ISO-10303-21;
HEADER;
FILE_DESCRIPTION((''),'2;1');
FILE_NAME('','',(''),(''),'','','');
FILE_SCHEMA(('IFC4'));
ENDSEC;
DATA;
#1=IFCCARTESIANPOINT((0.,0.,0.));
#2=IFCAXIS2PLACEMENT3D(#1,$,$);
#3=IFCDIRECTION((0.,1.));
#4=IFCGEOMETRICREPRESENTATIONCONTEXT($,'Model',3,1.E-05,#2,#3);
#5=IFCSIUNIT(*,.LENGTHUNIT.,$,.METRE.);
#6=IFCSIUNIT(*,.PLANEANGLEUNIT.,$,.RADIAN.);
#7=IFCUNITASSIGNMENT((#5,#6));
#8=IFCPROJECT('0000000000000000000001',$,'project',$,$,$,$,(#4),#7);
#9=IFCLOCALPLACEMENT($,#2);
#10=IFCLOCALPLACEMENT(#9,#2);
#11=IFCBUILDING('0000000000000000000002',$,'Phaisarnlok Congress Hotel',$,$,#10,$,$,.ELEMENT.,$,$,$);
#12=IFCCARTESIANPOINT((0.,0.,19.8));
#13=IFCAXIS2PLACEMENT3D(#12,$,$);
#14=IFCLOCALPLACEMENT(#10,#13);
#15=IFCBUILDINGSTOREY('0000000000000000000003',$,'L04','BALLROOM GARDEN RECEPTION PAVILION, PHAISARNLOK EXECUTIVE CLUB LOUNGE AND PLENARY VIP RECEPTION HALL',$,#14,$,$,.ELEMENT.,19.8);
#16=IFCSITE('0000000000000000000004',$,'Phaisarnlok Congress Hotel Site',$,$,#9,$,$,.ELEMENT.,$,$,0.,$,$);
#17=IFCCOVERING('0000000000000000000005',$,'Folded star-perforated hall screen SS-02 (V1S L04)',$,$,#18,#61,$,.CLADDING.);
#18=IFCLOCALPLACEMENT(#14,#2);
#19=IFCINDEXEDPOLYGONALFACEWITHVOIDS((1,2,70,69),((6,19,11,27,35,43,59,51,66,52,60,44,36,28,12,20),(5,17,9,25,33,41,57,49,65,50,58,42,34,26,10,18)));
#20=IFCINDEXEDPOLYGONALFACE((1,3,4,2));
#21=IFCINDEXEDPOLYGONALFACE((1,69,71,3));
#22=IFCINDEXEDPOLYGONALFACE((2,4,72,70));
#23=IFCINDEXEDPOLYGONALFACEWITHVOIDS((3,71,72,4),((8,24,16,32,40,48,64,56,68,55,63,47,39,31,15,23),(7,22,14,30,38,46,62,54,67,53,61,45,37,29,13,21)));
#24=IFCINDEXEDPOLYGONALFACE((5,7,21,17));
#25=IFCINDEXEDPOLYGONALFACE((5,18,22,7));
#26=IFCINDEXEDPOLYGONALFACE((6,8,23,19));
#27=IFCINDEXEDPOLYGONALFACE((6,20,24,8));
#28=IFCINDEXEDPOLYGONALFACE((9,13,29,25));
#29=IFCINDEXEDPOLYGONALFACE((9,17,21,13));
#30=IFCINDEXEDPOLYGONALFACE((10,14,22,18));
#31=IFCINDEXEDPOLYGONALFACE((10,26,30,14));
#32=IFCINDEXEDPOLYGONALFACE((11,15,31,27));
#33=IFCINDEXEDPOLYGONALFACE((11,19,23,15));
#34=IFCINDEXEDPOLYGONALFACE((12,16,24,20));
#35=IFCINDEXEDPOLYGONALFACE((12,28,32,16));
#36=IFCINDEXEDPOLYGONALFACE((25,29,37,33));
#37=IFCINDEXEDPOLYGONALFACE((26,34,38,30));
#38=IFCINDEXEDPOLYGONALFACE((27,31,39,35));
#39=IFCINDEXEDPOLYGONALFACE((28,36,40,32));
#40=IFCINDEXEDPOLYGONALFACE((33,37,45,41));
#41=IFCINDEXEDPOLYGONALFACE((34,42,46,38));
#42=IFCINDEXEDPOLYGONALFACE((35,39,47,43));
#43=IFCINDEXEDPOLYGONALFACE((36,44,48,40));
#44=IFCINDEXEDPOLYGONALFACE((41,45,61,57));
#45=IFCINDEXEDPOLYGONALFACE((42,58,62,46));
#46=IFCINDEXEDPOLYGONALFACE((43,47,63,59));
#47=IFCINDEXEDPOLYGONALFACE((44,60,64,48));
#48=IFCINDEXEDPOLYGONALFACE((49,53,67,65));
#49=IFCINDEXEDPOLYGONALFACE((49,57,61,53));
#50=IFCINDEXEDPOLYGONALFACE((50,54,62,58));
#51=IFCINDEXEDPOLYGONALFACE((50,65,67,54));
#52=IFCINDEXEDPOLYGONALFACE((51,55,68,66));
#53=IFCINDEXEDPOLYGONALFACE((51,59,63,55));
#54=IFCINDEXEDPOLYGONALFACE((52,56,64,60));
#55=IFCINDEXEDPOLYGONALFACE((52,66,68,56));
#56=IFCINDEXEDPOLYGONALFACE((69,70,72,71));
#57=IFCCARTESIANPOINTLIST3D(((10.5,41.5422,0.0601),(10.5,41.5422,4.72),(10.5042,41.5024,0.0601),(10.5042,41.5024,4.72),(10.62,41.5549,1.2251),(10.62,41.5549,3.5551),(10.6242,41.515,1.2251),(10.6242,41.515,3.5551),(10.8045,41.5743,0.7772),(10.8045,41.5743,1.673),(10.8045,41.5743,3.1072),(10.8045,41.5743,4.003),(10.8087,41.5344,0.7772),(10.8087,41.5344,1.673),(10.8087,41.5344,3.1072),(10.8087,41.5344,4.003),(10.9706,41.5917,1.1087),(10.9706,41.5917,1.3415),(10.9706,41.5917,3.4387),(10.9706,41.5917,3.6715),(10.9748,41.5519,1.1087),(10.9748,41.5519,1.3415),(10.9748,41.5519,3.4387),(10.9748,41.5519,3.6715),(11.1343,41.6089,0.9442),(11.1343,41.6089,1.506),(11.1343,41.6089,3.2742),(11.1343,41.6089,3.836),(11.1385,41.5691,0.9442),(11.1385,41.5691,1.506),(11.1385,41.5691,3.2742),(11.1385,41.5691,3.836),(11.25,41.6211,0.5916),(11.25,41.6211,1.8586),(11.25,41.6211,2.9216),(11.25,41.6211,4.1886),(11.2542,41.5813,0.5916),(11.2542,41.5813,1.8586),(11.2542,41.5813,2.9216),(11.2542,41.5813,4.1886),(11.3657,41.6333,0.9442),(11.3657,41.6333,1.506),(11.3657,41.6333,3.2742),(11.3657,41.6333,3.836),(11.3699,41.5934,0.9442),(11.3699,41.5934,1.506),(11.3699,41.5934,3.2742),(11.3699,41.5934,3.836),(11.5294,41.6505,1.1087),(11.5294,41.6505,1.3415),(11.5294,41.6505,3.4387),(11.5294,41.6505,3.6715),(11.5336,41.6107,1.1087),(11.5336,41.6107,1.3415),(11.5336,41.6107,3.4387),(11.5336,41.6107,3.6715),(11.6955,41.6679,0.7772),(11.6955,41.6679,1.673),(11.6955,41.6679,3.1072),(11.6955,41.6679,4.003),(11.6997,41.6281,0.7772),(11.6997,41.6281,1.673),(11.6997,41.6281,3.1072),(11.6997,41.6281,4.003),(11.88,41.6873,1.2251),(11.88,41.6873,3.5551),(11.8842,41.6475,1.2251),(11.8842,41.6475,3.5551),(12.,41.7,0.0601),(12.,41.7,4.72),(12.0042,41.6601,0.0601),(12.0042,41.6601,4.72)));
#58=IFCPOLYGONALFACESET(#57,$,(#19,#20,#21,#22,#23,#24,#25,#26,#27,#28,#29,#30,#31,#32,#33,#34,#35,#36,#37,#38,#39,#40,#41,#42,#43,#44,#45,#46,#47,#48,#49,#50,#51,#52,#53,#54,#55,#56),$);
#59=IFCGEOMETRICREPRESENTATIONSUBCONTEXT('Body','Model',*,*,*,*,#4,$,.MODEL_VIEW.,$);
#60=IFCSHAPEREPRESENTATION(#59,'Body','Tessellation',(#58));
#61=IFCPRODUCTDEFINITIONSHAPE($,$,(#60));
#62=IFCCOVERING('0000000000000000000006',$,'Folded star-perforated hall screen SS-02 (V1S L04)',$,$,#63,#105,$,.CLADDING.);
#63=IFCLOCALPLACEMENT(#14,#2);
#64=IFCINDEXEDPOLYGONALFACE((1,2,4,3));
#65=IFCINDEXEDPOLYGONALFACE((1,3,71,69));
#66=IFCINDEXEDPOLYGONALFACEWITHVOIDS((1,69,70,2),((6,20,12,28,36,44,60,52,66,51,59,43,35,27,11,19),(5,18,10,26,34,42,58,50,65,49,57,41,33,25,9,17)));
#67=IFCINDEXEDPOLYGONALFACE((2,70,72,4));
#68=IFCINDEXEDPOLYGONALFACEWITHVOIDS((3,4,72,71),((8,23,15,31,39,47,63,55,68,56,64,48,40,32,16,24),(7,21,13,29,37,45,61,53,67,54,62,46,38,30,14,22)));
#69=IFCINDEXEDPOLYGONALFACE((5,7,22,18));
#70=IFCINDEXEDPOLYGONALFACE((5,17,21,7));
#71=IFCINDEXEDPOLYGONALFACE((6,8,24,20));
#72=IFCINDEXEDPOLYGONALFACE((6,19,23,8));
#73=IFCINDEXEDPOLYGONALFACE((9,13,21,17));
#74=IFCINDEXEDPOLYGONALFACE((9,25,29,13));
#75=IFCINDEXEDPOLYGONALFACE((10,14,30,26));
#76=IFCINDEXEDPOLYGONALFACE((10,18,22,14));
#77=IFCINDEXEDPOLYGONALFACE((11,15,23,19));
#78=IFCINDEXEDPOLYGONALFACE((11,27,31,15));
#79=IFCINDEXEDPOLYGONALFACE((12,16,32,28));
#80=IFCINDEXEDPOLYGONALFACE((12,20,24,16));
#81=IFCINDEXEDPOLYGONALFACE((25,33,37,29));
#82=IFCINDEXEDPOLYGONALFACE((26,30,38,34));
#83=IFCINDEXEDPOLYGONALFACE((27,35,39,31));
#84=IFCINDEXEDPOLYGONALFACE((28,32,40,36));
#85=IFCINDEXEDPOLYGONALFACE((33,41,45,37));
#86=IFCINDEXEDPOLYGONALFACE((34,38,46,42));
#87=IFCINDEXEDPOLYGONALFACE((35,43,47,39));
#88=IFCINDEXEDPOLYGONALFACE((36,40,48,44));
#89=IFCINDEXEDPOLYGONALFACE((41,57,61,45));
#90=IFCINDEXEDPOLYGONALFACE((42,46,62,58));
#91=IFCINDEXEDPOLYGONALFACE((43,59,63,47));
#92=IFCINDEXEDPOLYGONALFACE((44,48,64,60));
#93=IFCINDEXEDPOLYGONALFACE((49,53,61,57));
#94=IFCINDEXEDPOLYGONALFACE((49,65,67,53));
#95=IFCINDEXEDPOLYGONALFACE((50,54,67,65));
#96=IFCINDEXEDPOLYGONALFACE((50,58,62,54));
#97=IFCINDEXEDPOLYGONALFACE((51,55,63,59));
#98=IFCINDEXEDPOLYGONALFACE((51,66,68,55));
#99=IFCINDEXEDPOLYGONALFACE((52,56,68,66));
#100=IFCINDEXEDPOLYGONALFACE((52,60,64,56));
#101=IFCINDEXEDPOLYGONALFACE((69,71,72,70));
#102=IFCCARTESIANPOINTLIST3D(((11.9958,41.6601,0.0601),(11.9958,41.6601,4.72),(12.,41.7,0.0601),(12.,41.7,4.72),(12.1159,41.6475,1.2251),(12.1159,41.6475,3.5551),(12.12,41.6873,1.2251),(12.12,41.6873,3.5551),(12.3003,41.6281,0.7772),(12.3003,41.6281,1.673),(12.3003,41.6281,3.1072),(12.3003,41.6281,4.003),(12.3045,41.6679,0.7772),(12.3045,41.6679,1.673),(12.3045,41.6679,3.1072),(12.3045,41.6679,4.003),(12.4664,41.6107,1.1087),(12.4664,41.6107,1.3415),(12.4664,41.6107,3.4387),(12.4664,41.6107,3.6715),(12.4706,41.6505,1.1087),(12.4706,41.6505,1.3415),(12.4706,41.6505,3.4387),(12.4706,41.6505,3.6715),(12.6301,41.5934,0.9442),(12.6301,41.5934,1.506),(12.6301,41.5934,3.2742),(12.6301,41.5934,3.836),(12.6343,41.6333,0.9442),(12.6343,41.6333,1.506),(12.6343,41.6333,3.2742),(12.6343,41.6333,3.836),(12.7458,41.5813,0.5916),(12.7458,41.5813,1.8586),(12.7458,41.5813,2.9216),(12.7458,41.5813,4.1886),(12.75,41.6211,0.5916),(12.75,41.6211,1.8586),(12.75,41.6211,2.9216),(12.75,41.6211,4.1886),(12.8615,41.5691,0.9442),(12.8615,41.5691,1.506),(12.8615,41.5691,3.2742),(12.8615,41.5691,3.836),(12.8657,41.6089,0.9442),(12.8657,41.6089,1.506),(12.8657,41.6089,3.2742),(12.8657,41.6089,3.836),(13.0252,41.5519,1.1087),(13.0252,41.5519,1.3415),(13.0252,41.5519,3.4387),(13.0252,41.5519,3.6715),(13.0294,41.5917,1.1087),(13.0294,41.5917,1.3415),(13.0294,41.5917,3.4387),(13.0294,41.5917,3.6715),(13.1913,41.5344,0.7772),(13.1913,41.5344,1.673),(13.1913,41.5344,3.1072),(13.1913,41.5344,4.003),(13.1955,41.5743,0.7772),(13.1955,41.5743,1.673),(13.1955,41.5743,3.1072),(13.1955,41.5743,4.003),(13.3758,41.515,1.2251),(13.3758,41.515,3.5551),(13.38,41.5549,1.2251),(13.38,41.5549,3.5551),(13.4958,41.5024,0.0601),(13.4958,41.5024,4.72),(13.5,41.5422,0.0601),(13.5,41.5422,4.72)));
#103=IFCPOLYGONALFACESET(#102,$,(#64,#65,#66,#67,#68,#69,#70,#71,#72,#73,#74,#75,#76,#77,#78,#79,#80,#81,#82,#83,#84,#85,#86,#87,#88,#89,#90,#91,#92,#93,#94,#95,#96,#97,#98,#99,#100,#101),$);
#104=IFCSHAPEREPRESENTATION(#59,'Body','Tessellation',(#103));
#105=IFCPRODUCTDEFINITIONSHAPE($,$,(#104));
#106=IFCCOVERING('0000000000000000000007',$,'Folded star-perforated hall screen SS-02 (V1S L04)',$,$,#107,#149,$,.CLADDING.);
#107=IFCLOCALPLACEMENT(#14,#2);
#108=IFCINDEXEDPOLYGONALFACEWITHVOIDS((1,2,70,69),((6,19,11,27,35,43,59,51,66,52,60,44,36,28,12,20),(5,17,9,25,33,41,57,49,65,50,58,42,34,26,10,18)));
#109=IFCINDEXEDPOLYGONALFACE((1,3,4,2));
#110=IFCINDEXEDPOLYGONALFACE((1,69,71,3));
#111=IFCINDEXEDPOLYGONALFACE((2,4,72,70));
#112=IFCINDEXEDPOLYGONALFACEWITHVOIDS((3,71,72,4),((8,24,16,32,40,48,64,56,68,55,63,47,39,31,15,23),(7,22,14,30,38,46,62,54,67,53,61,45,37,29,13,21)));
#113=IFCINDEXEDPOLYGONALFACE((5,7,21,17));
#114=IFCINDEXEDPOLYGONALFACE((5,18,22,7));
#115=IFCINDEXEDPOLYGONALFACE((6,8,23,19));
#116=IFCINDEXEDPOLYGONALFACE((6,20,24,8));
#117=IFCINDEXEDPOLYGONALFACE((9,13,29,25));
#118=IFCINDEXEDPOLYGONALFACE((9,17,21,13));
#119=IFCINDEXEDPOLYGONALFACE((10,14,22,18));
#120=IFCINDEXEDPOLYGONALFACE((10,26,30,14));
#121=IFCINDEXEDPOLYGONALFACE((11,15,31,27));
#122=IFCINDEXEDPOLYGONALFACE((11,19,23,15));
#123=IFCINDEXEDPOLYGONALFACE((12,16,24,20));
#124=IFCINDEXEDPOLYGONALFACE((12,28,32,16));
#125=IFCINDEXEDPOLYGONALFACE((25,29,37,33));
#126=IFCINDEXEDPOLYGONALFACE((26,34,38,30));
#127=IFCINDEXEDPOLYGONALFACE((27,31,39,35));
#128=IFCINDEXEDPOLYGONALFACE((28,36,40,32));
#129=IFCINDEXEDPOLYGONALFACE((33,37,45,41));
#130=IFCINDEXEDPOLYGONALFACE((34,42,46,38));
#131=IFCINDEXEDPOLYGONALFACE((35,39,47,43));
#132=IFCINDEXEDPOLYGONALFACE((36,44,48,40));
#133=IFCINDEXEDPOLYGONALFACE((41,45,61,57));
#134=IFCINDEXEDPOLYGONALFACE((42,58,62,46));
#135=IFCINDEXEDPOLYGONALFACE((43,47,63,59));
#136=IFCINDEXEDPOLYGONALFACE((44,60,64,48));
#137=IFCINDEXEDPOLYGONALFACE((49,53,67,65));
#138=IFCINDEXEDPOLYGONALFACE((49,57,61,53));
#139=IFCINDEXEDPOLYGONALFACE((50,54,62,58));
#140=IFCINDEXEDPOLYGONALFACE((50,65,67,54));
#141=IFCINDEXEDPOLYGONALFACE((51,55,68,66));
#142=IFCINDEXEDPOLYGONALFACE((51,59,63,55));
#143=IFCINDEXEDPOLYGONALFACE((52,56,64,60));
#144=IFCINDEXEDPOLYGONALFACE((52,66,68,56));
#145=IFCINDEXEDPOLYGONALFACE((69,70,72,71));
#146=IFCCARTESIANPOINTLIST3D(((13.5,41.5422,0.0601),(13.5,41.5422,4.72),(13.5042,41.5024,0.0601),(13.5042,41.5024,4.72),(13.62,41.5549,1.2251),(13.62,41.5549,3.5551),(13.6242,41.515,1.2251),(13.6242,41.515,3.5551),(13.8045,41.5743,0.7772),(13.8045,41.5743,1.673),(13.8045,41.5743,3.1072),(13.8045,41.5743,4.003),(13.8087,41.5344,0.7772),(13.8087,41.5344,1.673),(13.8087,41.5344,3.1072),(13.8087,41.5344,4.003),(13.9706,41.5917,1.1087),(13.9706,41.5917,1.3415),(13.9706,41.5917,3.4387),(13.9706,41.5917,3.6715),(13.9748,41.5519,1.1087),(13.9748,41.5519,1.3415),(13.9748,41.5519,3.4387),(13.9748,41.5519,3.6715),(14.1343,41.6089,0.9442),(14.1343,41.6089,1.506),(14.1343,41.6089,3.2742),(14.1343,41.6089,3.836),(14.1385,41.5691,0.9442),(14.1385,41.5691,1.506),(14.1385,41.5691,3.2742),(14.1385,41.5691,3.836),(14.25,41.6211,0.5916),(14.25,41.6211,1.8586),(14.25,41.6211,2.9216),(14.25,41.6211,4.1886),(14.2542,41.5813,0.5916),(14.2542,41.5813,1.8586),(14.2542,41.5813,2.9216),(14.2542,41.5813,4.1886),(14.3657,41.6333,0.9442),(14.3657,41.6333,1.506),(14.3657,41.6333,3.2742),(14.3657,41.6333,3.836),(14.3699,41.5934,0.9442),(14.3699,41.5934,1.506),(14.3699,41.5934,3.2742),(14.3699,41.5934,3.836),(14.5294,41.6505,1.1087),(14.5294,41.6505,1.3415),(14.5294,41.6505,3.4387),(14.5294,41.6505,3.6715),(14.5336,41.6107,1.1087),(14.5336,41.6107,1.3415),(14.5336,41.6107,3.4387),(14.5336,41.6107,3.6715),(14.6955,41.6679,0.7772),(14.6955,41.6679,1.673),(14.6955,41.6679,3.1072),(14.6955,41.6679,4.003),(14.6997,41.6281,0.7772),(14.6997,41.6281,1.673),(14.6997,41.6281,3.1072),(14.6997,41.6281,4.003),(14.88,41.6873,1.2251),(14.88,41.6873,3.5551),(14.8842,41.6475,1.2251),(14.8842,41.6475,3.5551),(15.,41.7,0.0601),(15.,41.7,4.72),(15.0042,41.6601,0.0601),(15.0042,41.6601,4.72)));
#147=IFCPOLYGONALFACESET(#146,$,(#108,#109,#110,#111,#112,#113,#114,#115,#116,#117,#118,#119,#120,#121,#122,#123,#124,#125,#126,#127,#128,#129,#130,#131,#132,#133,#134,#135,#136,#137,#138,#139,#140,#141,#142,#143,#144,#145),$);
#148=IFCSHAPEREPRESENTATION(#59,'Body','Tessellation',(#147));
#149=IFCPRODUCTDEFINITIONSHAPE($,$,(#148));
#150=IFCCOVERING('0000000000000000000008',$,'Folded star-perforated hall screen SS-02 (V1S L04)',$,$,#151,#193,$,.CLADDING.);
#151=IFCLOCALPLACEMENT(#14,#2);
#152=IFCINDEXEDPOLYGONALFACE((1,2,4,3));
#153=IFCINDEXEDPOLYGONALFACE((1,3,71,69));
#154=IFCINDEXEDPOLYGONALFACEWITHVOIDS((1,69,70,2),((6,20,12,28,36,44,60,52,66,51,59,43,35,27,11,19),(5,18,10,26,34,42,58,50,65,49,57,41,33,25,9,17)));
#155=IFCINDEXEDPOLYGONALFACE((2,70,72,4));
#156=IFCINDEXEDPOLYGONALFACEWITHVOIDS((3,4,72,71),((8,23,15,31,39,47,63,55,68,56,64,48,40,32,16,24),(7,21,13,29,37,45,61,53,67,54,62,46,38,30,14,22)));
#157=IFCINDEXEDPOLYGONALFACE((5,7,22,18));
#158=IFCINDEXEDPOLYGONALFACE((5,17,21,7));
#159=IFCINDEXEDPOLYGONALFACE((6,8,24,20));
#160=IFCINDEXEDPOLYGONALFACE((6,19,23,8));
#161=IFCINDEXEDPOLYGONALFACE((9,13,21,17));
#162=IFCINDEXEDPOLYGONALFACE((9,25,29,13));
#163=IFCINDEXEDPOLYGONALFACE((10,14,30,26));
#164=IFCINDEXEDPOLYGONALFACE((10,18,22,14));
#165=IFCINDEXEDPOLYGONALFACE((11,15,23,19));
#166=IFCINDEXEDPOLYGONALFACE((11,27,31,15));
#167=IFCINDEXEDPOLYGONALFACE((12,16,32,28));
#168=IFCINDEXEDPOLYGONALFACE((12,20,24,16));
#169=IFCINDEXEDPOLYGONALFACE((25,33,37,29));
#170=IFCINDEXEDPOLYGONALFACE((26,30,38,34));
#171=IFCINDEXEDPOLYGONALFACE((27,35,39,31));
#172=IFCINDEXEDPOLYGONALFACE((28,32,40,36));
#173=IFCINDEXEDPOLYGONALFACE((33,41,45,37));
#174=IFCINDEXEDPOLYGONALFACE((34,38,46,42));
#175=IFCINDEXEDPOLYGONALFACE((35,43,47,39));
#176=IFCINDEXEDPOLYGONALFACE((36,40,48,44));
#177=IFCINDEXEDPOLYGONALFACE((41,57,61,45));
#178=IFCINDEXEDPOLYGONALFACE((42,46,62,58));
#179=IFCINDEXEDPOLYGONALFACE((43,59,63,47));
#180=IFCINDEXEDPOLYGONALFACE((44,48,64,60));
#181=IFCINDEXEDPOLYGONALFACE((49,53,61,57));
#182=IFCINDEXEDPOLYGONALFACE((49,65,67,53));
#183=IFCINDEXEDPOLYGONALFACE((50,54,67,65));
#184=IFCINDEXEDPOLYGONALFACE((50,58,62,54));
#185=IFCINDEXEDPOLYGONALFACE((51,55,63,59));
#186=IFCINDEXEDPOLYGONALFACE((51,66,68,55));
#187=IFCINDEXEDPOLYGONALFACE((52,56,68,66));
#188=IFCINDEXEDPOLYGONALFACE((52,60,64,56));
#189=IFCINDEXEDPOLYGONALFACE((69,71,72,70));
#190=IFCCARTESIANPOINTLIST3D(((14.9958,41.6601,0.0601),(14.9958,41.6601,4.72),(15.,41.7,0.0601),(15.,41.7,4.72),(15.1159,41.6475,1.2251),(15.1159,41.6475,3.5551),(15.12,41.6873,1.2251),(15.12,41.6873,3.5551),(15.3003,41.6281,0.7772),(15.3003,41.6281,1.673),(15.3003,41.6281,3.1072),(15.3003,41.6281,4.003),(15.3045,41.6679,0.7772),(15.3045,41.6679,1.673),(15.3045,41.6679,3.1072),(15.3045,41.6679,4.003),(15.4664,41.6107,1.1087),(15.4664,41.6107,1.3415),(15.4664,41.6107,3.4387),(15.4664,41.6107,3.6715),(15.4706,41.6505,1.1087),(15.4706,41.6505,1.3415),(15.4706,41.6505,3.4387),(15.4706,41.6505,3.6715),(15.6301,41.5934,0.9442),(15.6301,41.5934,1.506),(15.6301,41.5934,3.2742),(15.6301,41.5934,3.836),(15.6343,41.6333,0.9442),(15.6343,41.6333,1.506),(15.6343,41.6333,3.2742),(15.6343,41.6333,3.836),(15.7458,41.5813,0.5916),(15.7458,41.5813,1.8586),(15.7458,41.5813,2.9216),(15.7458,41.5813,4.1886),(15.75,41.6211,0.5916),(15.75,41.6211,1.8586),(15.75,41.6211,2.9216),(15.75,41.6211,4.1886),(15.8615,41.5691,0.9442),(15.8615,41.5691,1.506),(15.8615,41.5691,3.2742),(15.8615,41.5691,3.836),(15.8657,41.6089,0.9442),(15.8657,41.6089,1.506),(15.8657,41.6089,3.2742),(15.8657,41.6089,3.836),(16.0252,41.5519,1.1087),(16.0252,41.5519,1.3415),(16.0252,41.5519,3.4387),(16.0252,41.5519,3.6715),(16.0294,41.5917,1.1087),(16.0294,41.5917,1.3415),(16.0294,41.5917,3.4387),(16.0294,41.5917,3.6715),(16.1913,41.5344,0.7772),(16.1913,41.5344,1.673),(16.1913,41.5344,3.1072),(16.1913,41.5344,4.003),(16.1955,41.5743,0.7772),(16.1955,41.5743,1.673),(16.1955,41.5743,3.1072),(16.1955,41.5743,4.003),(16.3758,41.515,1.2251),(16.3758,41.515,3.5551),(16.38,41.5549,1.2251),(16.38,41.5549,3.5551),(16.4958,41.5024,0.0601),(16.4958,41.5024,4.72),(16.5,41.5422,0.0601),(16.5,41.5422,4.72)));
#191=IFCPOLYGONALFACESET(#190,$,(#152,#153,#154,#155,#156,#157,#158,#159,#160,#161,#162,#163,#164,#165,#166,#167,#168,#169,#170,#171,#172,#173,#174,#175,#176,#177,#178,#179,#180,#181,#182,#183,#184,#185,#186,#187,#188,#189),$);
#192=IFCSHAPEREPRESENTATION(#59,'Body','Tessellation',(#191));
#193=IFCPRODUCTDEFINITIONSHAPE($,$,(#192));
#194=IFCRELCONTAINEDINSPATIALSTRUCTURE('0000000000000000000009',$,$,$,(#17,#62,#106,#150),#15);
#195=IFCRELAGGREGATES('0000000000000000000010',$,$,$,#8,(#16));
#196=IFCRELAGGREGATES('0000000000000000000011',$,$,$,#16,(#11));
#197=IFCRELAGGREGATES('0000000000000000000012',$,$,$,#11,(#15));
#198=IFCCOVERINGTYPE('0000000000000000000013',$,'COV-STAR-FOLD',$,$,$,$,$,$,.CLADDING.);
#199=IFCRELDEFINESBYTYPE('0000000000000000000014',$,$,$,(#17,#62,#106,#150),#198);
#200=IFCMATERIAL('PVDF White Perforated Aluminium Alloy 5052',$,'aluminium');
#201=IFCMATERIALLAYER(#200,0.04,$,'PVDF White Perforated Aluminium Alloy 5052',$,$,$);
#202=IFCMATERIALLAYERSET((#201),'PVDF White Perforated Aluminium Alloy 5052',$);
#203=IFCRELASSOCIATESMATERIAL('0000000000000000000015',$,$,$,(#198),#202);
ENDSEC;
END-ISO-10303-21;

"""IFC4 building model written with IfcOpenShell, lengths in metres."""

from ifc_helpers import new_model, si_unit, direction, frame, origin, place, context, subcontext, project, spatial, polyline, outline, extrude, material, layer, layer_set, type_object, element, save


model = new_model("IFC4")

# Units and contexts
model_context = context("Model", 3, precision=1e-05, world=origin(), true_north=direction((0.0, 1.0)))
body_context = subcontext(model_context, "Body", "Model", "MODEL_VIEW")
ifc_project = project(units=[si_unit("LENGTHUNIT", "METRE"), si_unit("PLANEANGLEUNIT", "RADIAN")], contexts=[model_context])

# Site, building, storey
site_placement = place(None, origin())
site = spatial("IfcSite", under=ifc_project, at=site_placement, Name="Phaisarnlok Congress Hotel Site", CompositionType="ELEMENT", RefElevation=0.0)
building_placement = place(site_placement, origin())
building = spatial("IfcBuilding", under=site, at=building_placement, Name="Phaisarnlok Congress Hotel", CompositionType="ELEMENT")
storey_placement = place(building_placement, frame((0.0, 0.0, 19.8)))
storey = spatial("IfcBuildingStorey", under=building, at=storey_placement, Name="L04", Description="BALLROOM GARDEN RECEPTION PAVILION, PHAISARNLOK EXECUTIVE CLUB LOUNGE AND PLENARY VIP RECEPTION HALL", CompositionType="ELEMENT", Elevation=19.8)

# Coverings
ifc_material_1 = material(Name="PVDF White Perforated Aluminium Alloy 5052", Category="aluminium")
ifc_layer_1 = layer(ifc_material_1, 0.04, Name="PVDF White Perforated Aluminium Alloy 5052")
ifc_layer_set_1 = layer_set([ifc_layer_1], Name="PVDF White Perforated Aluminium Alloy 5052")
covering_type_1 = type_object("IfcCoveringType", Name="COV-STAR-FOLD", PredefinedType="CLADDING", material=ifc_layer_set_1)
for number, where, z_axis, x_axis, name in (
    (1, (10.5, 41.5422, 0.0601), (0.104567, -0.994518, 0.0), (0.994518, 0.104567, 0.0), "Folded star-perforated hall screen SS-02 (V1S L04)"),
    (2, (12.0, 41.7, 0.0601), (-0.104567, -0.994518, 0.0), (0.994518, -0.104567, 0.0), "Folded star-perforated hall screen SS-02 (V1S L04)"),
    (3, (13.5, 41.5422, 0.0601), (0.104567, -0.994518, 0.0), (0.994518, 0.104567, 0.0), "Folded star-perforated hall screen SS-02 (V1S L04)"),
    (4, (15.0, 41.7, 0.0601), (-0.104567, -0.994518, 0.0), (0.994518, -0.104567, 0.0), "Folded star-perforated hall screen SS-02 (V1S L04)"),
):
    element("IfcCovering", number, at=place(storey_placement, frame(where, z_axis=z_axis, x_axis=x_axis)), inside=storey, type_object=covering_type_1, Name=name, PredefinedType="CLADDING", context=body_context, shape_type="SweptSolid", body=[
        extrude(outline(polyline([(0.0, 0.0), (1.5083, 0.0), (1.5083, 4.6599), (0.0, 4.6599), (0.0, 0.0)]), holes=[polyline([(1.0351, 1.0486), (1.2021, 0.7171), (0.8705, 0.8841), (0.7541, 0.5315), (0.6378, 0.8841), (0.3062, 0.7171), (0.4732, 1.0486), (0.1207, 1.165), (0.4732, 1.2814), (0.3062, 1.6129), (0.6378, 1.4459), (0.7541, 1.7985), (0.8705, 1.4459), (1.2021, 1.6129), (1.0351, 1.2814), (1.3876, 1.165), (1.0351, 1.0486)]), polyline([(1.0351, 3.3786), (1.2021, 3.0471), (0.8705, 3.2141), (0.7541, 2.8615), (0.6378, 3.2141), (0.3062, 3.0471), (0.4732, 3.3786), (0.1207, 3.495), (0.4732, 3.6114), (0.3062, 3.9429), (0.6378, 3.7759), (0.7541, 4.1285), (0.8705, 3.7759), (1.2021, 3.9429), (1.0351, 3.6114), (1.3876, 3.495), (1.0351, 3.3786)])]), origin(), (0.0, 0.0, 1.0), 0.04),
    ])

save(model, "model.ifc")
